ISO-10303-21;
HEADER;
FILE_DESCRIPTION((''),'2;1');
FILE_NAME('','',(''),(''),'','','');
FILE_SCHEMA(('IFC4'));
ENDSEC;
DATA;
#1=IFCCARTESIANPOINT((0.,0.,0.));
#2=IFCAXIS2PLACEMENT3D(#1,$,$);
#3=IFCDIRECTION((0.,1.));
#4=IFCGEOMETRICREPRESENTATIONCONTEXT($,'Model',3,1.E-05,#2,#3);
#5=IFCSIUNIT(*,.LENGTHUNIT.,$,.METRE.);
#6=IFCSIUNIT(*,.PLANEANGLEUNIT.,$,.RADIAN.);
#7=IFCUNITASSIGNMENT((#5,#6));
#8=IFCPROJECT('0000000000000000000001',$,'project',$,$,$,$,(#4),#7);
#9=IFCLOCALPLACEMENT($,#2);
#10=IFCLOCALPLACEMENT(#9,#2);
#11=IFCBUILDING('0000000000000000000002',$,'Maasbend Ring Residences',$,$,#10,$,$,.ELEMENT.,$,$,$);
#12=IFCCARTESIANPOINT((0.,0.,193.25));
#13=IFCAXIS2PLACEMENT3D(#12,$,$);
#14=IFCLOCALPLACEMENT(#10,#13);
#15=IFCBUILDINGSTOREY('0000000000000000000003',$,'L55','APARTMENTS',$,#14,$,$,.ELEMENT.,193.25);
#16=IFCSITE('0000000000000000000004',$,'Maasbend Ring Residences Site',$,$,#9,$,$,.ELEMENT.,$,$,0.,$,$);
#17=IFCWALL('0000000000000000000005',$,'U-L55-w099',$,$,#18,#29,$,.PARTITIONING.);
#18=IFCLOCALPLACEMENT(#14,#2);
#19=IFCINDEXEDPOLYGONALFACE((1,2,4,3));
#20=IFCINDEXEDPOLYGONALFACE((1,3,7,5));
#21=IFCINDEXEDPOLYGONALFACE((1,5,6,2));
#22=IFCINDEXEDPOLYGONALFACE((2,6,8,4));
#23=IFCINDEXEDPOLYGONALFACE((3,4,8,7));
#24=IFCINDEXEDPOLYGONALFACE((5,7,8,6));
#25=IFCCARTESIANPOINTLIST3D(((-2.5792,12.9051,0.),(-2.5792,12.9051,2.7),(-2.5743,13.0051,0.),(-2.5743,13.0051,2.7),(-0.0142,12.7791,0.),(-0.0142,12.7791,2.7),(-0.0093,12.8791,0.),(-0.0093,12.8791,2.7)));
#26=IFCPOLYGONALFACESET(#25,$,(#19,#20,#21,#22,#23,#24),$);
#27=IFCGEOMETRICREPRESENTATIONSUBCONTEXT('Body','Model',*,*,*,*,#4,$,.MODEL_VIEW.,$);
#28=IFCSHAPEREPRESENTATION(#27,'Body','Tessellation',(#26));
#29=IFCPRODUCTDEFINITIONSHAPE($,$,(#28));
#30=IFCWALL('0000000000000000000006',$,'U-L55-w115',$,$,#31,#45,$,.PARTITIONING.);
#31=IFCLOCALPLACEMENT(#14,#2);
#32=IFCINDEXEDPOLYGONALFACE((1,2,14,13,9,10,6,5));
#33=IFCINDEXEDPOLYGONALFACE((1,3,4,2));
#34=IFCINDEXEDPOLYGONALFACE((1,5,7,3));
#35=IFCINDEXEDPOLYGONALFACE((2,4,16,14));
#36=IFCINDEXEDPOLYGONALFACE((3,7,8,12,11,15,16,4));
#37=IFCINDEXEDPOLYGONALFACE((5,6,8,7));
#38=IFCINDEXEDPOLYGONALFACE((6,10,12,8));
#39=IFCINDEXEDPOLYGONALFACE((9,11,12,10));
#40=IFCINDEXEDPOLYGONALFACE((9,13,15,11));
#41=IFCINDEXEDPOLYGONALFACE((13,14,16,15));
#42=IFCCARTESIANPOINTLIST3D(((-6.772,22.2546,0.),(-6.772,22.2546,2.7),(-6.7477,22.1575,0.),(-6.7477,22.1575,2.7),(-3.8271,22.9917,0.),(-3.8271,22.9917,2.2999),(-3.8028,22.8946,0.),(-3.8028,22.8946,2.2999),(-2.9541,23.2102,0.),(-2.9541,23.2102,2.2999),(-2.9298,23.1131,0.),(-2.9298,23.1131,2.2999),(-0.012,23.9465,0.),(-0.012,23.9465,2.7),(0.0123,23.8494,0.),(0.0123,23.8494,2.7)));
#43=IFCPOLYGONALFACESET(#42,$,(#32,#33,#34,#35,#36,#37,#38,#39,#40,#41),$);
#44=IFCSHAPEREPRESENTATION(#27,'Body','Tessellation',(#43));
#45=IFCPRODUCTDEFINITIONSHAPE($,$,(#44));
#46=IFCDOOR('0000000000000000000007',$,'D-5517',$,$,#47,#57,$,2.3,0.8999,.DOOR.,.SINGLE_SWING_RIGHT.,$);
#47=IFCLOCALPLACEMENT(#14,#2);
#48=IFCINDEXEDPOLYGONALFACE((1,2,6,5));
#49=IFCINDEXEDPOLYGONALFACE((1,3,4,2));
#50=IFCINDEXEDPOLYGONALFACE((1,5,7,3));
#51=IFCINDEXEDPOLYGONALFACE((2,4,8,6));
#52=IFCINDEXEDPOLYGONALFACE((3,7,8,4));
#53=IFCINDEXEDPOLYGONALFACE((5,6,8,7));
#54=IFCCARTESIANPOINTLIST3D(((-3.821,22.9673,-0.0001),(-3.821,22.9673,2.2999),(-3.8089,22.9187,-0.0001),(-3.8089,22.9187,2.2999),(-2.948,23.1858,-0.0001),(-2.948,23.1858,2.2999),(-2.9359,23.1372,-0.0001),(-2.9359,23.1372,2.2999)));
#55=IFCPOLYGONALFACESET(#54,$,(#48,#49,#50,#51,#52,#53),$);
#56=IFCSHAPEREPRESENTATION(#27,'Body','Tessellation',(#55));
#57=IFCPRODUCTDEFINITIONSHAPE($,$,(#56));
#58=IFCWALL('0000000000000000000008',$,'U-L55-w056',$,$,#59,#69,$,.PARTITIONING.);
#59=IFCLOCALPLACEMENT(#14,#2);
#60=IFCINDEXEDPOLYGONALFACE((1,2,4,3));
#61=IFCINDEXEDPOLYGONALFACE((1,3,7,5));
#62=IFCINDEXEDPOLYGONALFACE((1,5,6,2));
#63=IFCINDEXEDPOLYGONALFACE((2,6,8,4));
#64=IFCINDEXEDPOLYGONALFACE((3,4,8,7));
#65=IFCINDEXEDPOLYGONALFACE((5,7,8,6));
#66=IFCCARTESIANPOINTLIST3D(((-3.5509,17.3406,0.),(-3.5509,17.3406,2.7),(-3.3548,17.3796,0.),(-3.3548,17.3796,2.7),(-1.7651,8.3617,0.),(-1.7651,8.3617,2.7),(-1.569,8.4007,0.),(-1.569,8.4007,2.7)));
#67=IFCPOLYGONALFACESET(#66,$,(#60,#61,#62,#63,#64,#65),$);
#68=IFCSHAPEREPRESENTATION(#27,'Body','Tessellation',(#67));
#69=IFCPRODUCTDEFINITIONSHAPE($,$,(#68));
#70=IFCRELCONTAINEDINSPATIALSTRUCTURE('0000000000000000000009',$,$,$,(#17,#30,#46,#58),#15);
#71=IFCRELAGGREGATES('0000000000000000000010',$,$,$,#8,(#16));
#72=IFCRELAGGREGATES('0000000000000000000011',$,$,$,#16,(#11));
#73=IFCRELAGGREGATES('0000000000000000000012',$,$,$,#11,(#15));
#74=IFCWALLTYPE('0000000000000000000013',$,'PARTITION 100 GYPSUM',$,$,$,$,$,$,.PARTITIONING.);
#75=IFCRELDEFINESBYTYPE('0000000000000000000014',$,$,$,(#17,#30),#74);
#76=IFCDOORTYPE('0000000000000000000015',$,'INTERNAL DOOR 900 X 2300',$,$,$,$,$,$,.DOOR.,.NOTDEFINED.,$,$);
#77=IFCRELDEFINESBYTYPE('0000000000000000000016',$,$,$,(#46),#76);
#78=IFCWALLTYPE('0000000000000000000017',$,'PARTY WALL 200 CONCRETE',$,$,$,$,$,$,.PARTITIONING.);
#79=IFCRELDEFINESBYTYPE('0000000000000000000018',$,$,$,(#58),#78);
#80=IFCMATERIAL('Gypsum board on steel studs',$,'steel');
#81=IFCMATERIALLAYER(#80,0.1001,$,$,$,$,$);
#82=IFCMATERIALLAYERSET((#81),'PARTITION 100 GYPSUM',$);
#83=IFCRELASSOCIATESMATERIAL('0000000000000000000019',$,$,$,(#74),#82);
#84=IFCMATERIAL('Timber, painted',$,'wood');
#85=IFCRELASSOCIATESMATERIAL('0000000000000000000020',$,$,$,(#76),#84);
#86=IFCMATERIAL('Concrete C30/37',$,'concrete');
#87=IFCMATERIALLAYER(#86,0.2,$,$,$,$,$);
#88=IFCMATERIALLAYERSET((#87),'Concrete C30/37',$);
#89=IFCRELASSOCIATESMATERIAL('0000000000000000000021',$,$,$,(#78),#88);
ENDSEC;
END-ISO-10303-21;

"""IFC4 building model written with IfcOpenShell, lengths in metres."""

from ifc_helpers import new_model, si_unit, direction, frame, frame_2d, origin, place, context, subcontext, project, spatial, rectangle, extrude, material, layer, layer_set, type_object, element, fill, save


model = new_model("IFC4")

# Units and contexts
model_context = context("Model", 3, precision=1e-05, world=origin(), true_north=direction((0.0, 1.0)))
body_context = subcontext(model_context, "Body", "Model", "MODEL_VIEW")
ifc_project = project(units=[si_unit("LENGTHUNIT", "METRE"), si_unit("PLANEANGLEUNIT", "RADIAN")], contexts=[model_context])

# Site, building, storey
site_placement = place(None, origin())
site = spatial("IfcSite", under=ifc_project, at=site_placement, Name="Maasbend Ring Residences Site", CompositionType="ELEMENT", RefElevation=0.0)
building_placement = place(site_placement, origin())
building = spatial("IfcBuilding", under=site, at=building_placement, Name="Maasbend Ring Residences", CompositionType="ELEMENT")
storey_placement = place(building_placement, frame((0.0, 0.0, 193.25)))
storey = spatial("IfcBuildingStorey", under=building, at=storey_placement, Name="L55", Description="APARTMENTS", CompositionType="ELEMENT", Elevation=193.25)

# Shared definitions
ifc_material_1 = material(Name="Gypsum board on steel studs", Category="steel")
ifc_layer_1 = layer(ifc_material_1, 0.1001)
ifc_layer_set_1 = layer_set([ifc_layer_1], Name="PARTITION 100 GYPSUM")
wall_type_1 = type_object("IfcWallType", Name="PARTITION 100 GYPSUM", PredefinedType="PARTITIONING", material=ifc_layer_set_1)

# Shared definitions
ifc_material_2 = material(Name="Timber, painted", Category="wood")
door_type_1 = type_object("IfcDoorType", Name="INTERNAL DOOR 900 X 2300", OperationType="NOTDEFINED", PredefinedType="DOOR", material=ifc_material_2)

# Wall
wall_1_placement = place(storey_placement, frame((-2.5769, 12.9551, 0.0), z_axis=(0.0, 0.0, 1.0), x_axis=(0.998796, -0.049056, 0.0)))
element("IfcWall", 1, at=wall_1_placement, inside=storey, type_object=wall_type_1, Name="U-L55-w099", PredefinedType="PARTITIONING", context=body_context, shape_type="SweptSolid", body=[
    extrude(rectangle(XDim=2.5681, YDim=0.1001, at=frame_2d((1.2842, 0.0))), origin(), (0.0, 0.0, 1.0), 2.7),
])

# Wall, opening, door
wall_2_placement = place(storey_placement, frame((-6.76, 22.2061, 0.0), z_axis=(0.0, 0.0, 1.0), x_axis=(0.970079, 0.242791, 0.0)))
wall_2 = element("IfcWall", 2, at=wall_2_placement, inside=storey, type_object=wall_type_1, Name="U-L55-w115", PredefinedType="PARTITIONING", context=body_context, shape_type="SweptSolid", body=[
    extrude(rectangle(XDim=6.9685, YDim=0.1001, at=frame_2d((3.4844, 0.0))), origin(), (0.0, 0.0, 1.0), 2.7),
])
opening_1_placement = place(wall_2_placement, frame((3.0359, 0.0, 0.0)))
opening_1 = element("IfcOpeningElement", 3, at=opening_1_placement, cuts=wall_2, PredefinedType="OPENING", context=body_context, shape_type="SweptSolid", body=[
    extrude(rectangle(XDim=0.8999, YDim=2.3, at=frame_2d((0.45, 1.1499))), frame((0.0, 0.0601, 0.0), z_axis=(0.0, -1.0, 0.0), x_axis=(1.0, 0.0, 0.0)), (0.0, 0.0, 1.0), 0.1201),
])
door_1_placement = place(opening_1_placement, origin())
door_1 = element("IfcDoor", 4, at=door_1_placement, inside=storey, type_object=door_type_1, Name="D-5517", OperationType="SINGLE_SWING_RIGHT", OverallHeight=2.3, OverallWidth=0.8999, PredefinedType="DOOR", context=body_context, shape_type="SweptSolid", body=[
    extrude(rectangle(XDim=0.8999, YDim=2.3, at=frame_2d((0.45, 1.1499))), frame((0.0, 0.0249, 0.0), z_axis=(0.0, -1.0, 0.0), x_axis=(1.0, 0.0, 0.0)), (0.0, 0.0, 1.0), 0.05),
])
fill(opening_1, door_1)

# Wall
ifc_material_3 = material(Name="Concrete C30/37", Category="concrete")
ifc_layer_2 = layer(ifc_material_3, 0.2)
ifc_layer_set_2 = layer_set([ifc_layer_2], Name="Concrete C30/37")
wall_type_2 = type_object("IfcWallType", Name="PARTY WALL 200 CONCRETE", PredefinedType="PARTITIONING", material=ifc_layer_set_2)
wall_3_placement = place(storey_placement, frame((-3.4529, 17.3601, 0.0), z_axis=(0.0, 0.0, 1.0), x_axis=(0.195075, -0.980788, 0.0)))
element("IfcWall", 5, at=wall_3_placement, inside=storey, type_object=wall_type_2, Name="U-L55-w056", PredefinedType="PARTITIONING", context=body_context, shape_type="SweptSolid", body=[
    extrude(rectangle(XDim=9.1548, YDim=0.2, at=frame_2d((4.5774, 0.0))), origin(), (0.0, 0.0, 1.0), 2.7),
])

save(model, "model.ifc")
